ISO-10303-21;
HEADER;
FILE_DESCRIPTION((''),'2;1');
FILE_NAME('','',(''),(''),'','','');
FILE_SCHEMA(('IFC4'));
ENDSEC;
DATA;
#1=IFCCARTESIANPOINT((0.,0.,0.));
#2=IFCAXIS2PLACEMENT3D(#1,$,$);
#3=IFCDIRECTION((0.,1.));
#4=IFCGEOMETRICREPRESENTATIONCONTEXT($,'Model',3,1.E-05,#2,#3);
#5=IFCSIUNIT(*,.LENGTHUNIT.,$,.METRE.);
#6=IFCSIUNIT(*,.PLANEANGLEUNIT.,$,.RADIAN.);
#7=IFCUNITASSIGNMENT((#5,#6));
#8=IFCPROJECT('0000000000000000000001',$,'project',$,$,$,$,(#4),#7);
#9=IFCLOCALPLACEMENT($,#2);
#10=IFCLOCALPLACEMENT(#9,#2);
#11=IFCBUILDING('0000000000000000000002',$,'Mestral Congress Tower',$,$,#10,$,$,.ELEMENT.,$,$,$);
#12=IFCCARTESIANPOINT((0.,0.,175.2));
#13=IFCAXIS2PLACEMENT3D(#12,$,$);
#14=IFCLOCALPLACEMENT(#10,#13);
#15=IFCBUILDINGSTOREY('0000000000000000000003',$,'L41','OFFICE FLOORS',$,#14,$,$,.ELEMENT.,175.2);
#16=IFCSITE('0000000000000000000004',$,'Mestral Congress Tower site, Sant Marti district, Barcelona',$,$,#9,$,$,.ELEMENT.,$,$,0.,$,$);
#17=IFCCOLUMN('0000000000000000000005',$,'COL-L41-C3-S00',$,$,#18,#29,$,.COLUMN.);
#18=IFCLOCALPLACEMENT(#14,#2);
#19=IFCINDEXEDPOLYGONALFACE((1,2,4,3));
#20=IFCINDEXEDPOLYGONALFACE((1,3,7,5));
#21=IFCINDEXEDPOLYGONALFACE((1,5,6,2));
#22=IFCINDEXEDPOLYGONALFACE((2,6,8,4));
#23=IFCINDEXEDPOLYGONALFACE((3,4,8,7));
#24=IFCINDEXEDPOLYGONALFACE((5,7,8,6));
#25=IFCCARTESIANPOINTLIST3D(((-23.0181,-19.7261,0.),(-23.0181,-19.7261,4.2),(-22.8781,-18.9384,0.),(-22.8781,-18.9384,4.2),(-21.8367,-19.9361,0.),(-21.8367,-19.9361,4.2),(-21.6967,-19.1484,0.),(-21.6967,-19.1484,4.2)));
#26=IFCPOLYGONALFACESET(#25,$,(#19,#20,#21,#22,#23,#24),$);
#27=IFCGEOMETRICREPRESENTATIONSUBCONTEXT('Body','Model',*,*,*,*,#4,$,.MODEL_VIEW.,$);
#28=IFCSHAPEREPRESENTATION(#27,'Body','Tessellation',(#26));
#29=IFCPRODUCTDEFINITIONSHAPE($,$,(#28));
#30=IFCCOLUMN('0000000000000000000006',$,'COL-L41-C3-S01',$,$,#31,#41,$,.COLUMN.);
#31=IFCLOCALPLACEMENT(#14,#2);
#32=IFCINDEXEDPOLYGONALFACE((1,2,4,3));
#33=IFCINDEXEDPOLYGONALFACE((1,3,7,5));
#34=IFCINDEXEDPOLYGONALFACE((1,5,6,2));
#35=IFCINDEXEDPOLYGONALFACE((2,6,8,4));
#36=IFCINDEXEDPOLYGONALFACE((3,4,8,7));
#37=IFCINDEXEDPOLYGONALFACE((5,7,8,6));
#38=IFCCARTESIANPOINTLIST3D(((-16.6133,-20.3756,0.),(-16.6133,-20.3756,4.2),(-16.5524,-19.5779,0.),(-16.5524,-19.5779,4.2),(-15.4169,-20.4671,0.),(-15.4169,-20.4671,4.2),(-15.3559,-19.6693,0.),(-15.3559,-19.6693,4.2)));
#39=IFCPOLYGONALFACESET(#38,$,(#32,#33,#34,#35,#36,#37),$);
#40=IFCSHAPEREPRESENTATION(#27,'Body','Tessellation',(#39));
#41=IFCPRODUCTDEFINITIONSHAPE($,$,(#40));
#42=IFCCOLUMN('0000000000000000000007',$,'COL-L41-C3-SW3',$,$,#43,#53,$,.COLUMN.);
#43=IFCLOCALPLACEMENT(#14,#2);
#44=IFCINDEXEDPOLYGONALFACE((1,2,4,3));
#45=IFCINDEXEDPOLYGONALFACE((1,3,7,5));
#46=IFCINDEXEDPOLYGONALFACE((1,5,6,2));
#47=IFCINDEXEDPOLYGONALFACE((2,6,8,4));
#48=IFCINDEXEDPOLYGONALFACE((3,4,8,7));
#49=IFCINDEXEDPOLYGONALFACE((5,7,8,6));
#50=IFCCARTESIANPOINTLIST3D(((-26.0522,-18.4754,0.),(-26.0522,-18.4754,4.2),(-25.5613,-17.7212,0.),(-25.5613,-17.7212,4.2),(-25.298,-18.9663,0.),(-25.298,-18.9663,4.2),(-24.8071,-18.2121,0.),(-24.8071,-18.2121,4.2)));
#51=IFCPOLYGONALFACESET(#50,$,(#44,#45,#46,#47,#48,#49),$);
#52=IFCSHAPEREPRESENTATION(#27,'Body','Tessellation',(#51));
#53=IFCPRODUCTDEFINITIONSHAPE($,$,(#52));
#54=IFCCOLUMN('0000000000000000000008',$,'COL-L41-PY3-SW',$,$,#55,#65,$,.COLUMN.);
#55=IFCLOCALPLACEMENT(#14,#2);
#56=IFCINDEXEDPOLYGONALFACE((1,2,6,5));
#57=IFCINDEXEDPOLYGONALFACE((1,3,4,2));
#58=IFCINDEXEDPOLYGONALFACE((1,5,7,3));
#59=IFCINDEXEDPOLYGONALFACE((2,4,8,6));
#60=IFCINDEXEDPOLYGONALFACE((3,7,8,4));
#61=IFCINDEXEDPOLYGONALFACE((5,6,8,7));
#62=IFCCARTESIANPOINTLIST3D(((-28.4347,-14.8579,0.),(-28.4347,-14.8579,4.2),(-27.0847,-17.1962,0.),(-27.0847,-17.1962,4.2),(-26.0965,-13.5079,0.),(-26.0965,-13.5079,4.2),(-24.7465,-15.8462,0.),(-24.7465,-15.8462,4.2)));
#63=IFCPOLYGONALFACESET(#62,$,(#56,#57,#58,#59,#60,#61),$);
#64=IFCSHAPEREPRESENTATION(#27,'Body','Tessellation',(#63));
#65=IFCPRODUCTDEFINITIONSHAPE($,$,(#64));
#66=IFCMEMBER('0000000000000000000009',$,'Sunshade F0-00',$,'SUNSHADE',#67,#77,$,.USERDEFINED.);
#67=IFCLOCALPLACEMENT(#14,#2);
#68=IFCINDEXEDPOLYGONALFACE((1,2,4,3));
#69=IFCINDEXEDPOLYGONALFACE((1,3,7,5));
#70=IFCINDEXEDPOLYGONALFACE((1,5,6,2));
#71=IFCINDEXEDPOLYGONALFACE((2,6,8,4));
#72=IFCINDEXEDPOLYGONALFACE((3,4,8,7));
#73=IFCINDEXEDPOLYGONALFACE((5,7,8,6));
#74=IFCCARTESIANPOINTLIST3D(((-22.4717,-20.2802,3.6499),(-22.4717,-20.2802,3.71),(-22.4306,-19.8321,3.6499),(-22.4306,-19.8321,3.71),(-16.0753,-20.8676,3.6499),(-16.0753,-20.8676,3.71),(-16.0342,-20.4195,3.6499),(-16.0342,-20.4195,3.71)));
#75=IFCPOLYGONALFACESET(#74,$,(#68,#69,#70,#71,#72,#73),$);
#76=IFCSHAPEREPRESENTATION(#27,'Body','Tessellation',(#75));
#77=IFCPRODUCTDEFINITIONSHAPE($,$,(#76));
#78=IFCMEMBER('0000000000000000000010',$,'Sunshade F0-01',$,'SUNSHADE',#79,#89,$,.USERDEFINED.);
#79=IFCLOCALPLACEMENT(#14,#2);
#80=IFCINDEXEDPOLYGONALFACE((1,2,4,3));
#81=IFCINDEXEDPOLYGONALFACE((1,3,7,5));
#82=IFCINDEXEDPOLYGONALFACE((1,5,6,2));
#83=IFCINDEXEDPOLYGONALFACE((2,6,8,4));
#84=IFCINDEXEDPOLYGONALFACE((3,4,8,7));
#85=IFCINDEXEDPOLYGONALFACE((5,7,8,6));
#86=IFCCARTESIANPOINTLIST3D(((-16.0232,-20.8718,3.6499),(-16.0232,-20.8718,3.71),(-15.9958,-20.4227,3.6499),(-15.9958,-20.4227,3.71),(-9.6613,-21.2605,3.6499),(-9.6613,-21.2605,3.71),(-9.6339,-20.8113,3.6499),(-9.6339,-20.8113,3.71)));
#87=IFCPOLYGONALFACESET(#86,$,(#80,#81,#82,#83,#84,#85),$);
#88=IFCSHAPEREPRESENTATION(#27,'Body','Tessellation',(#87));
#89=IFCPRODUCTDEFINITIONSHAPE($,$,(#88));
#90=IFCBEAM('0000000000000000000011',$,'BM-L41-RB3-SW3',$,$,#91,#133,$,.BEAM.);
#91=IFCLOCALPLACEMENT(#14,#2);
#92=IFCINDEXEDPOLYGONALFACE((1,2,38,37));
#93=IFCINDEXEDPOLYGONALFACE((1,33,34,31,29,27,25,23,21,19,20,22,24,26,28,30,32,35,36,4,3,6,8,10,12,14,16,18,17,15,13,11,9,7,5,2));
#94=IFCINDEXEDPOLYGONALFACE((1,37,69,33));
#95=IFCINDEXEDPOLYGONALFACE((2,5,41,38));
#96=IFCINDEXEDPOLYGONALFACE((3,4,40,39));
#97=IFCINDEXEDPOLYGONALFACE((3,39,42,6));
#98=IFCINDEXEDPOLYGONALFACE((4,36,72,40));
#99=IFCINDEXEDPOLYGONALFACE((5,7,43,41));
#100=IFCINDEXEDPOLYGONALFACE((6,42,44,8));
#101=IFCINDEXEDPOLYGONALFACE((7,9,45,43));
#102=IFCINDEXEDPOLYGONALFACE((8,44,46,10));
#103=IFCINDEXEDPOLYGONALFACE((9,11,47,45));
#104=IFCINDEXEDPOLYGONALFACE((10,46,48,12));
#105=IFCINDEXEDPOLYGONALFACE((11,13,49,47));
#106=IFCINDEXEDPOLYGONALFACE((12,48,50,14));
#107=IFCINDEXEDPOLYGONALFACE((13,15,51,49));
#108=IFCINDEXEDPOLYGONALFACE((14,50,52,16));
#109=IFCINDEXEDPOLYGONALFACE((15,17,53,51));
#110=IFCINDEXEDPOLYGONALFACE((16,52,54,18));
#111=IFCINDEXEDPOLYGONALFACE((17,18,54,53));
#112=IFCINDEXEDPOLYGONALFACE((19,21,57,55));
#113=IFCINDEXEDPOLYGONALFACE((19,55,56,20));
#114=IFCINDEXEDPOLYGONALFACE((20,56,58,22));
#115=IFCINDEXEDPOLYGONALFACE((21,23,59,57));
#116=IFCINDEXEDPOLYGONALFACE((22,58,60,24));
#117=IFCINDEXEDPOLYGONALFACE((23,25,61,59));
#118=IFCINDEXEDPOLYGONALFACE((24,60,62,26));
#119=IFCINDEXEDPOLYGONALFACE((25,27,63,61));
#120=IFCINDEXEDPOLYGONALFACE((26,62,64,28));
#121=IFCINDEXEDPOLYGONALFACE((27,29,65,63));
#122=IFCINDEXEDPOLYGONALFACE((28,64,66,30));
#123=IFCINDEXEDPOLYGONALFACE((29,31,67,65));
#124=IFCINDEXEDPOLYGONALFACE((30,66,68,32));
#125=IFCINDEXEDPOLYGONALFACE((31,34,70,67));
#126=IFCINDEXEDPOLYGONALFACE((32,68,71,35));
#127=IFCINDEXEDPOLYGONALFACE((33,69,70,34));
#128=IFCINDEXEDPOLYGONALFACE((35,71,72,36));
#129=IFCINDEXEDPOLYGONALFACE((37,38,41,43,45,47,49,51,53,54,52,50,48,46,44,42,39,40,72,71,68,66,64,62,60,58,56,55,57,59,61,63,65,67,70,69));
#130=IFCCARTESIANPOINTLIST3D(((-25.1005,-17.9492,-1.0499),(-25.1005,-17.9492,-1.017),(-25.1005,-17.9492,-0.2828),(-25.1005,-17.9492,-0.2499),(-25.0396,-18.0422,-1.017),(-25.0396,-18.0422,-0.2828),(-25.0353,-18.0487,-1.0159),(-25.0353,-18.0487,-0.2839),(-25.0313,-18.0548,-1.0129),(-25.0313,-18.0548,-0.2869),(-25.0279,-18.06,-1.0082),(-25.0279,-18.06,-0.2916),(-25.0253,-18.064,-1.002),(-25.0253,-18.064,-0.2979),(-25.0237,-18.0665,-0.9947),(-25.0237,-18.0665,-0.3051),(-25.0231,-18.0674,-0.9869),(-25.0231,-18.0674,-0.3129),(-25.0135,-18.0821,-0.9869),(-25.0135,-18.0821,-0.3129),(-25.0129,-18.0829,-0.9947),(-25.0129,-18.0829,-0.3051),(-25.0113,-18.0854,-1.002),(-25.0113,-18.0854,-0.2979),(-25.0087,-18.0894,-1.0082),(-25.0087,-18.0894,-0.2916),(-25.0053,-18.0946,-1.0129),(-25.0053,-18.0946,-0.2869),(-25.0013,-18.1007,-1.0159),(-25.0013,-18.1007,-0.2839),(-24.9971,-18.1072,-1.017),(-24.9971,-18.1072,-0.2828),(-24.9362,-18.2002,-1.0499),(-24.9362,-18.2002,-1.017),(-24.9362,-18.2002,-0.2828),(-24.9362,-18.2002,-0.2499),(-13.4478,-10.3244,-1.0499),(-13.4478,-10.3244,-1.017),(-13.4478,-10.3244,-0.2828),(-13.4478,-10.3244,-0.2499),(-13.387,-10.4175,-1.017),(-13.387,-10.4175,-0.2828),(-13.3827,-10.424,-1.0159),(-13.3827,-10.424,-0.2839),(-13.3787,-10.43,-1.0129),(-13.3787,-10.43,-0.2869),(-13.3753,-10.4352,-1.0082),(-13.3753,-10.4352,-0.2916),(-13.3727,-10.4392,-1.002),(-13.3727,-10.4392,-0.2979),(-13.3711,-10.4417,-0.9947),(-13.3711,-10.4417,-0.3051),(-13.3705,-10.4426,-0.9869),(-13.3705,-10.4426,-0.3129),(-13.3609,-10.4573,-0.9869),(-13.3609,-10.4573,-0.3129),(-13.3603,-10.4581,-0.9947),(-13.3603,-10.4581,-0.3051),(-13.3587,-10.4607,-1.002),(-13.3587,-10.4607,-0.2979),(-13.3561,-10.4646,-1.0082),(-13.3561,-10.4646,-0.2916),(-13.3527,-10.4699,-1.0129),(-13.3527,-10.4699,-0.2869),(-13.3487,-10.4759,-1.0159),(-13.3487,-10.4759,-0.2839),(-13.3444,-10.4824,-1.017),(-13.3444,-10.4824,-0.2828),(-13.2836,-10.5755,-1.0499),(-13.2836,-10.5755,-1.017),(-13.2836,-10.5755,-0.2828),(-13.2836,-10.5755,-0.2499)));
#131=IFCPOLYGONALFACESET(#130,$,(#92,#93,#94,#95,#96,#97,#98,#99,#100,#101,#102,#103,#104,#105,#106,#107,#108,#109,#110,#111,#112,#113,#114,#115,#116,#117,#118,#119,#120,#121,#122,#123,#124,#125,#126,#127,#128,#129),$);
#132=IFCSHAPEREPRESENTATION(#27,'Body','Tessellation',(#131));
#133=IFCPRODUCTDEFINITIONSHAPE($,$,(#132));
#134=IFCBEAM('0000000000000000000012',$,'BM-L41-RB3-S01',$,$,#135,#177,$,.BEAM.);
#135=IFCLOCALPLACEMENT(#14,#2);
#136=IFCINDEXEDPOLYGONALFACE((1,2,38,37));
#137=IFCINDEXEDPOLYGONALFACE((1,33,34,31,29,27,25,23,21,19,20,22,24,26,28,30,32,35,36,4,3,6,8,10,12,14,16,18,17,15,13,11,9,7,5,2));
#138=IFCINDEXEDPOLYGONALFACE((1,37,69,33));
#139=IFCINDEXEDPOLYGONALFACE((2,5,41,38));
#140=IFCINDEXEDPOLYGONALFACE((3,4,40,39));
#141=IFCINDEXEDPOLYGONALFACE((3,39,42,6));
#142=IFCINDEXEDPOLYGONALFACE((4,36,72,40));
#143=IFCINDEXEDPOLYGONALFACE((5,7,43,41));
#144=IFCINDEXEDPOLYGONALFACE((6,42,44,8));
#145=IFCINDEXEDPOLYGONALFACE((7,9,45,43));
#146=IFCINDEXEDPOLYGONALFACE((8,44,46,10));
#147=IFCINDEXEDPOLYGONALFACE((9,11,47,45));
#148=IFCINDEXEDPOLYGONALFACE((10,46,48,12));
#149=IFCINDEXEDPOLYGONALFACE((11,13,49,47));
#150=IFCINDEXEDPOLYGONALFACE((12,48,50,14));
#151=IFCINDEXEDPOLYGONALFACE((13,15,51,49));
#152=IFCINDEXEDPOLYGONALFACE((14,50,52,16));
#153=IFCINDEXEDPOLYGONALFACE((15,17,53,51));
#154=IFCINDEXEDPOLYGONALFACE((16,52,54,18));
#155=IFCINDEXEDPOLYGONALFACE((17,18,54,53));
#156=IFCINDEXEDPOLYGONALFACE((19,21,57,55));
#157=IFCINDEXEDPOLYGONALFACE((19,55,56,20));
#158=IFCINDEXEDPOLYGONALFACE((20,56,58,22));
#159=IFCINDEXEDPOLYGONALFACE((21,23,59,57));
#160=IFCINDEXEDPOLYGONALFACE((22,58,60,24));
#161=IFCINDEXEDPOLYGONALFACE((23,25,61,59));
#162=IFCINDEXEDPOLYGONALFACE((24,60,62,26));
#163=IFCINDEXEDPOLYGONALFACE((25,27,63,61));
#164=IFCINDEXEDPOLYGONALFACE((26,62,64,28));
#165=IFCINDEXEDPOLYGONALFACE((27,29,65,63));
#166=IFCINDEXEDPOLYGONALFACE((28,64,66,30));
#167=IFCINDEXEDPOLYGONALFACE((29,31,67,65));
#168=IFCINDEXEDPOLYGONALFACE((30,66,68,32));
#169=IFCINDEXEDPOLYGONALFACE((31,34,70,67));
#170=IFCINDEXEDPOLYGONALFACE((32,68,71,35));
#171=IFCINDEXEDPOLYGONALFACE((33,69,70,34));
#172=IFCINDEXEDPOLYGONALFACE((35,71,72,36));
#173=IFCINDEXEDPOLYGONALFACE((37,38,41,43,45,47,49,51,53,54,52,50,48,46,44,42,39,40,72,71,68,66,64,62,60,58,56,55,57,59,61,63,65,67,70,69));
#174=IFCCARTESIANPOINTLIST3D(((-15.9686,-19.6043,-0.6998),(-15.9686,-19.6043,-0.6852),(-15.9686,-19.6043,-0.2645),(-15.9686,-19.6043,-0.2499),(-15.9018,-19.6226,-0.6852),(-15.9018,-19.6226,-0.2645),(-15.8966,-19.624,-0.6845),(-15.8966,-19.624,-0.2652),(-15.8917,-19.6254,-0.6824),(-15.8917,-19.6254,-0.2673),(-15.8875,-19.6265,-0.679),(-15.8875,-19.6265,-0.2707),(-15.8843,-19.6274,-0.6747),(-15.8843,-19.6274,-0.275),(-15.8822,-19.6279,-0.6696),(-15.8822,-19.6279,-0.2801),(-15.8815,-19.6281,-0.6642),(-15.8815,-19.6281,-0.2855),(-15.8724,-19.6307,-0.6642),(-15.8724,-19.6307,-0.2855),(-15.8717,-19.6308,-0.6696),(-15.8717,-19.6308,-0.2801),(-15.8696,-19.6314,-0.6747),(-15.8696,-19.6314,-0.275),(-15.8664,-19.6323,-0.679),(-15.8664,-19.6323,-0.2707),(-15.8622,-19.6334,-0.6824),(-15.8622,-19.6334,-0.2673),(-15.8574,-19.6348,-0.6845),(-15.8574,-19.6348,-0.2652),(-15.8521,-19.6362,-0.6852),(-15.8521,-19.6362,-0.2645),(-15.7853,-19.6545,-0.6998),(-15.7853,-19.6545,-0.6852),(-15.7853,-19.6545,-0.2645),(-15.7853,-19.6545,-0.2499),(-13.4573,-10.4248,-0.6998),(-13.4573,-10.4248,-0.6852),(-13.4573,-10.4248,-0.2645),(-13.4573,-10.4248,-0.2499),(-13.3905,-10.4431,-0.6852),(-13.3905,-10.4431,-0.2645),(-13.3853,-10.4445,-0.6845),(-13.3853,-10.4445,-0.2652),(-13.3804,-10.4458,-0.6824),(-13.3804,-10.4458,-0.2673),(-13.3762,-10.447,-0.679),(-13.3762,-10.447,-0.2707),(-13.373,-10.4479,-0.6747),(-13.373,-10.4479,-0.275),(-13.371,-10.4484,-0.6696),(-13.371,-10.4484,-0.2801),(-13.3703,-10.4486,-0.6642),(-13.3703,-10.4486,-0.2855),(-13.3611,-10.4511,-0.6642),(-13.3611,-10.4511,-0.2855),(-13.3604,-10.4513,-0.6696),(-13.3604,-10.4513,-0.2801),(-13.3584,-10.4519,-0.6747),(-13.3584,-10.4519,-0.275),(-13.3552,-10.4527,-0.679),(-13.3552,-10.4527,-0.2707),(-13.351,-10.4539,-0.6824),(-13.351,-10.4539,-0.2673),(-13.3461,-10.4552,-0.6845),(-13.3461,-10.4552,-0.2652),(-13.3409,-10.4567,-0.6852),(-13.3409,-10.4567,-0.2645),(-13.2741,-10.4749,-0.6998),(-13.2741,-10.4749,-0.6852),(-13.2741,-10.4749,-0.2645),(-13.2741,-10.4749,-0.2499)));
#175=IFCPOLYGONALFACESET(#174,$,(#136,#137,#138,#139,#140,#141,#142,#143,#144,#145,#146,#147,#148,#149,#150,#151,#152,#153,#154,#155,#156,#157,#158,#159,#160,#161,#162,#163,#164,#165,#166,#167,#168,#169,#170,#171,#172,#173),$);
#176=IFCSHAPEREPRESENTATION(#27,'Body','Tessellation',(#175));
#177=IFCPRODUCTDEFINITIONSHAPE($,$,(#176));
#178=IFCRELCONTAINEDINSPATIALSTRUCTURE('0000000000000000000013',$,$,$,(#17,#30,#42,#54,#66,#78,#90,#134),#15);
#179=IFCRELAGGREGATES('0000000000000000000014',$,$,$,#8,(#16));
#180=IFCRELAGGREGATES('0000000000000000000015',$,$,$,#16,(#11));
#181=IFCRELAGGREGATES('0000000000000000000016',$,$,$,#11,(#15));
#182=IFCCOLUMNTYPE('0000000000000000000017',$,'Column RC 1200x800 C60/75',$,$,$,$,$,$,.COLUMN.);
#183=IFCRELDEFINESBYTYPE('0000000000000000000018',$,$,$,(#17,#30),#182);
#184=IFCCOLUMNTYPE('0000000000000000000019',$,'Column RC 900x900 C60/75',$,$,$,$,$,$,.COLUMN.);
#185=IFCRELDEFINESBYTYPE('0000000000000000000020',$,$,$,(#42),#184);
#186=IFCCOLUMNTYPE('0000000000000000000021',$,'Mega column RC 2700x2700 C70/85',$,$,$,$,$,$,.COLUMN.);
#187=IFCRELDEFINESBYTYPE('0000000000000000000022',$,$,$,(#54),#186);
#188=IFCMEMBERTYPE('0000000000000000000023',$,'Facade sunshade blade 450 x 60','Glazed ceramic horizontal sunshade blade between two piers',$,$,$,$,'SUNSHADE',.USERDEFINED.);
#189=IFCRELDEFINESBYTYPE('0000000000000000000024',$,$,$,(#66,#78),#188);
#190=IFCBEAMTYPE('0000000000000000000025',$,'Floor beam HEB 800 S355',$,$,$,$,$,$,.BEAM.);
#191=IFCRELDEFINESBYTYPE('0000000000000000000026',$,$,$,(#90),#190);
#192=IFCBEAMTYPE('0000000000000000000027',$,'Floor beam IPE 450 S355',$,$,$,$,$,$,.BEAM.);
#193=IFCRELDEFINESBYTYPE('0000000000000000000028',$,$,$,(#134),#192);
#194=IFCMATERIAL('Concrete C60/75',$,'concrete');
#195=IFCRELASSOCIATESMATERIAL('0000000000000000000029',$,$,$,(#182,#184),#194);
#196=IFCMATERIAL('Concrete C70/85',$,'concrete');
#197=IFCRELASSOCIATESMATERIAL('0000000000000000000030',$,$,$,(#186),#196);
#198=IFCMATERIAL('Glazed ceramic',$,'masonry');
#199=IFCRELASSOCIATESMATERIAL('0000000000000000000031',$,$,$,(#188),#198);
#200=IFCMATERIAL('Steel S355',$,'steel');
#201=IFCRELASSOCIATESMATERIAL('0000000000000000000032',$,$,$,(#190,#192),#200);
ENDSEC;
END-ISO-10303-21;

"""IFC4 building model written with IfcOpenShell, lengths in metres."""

from ifc_helpers import new_model, si_unit, direction, frame, origin, origin_2d, place, context, subcontext, project, spatial, rectangle, i_section, extrude, material, material_profile, profile_set, type_object, element, save


model = new_model("IFC4")

# Units and contexts
model_context = context("Model", 3, precision=1e-05, world=origin(), true_north=direction((0.0, 1.0)))
body_context = subcontext(model_context, "Body", "Model", "MODEL_VIEW")
ifc_project = project(units=[si_unit("LENGTHUNIT", "METRE"), si_unit("PLANEANGLEUNIT", "RADIAN")], contexts=[model_context])

# Site, building, storey
site_placement = place(None, origin())
site = spatial("IfcSite", under=ifc_project, at=site_placement, Name="Mestral Congress Tower site, Sant Marti district, Barcelona", CompositionType="ELEMENT", RefElevation=0.0)
building_placement = place(site_placement, origin())
building = spatial("IfcBuilding", under=site, at=building_placement, Name="Mestral Congress Tower", CompositionType="ELEMENT")
storey_placement = place(building_placement, frame((0.0, 0.0, 175.2)))
storey = spatial("IfcBuildingStorey", under=building, at=storey_placement, Name="L41", Description="OFFICE FLOORS", CompositionType="ELEMENT", Elevation=175.2)

# Columns
ifc_material_1 = material(Name="Concrete C60/75", Category="concrete")
ifc_material_profile_1 = material_profile(ifc_material_1, rectangle(XDim=1.2, YDim=0.8, at=origin_2d()), Name="RC 1200x800")
ifc_profile_set_1 = profile_set([ifc_material_profile_1], Name="Concrete C60/75")
column_type_1 = type_object("IfcColumnType", Name="Column RC 1200x800 C60/75", PredefinedType="COLUMN", material=ifc_profile_set_1)
for number, where, z_axis, x_axis, name in (
    (1, (-22.3574, -19.4373, 0.0), (0.0, 0.0, 1.0), (0.984571, -0.174985, 0.0), "COL-L41-C3-S00"),
    (2, (-15.9846, -20.0225, 0.0), (0.0, 0.0, 1.0), (0.99709, -0.076237, 0.0), "COL-L41-C3-S01"),
):
    element("IfcColumn", number, at=place(storey_placement, frame(where, z_axis=z_axis, x_axis=x_axis)), inside=storey, type_object=column_type_1, Name=name, PredefinedType="COLUMN", context=body_context, shape_type="SweptSolid", body=[
        extrude(rectangle(XDim=1.2, YDim=0.8, at=origin_2d()), origin(), (0.0, 0.0, 1.0), 4.2),
    ])
ifc_material_profile_2 = material_profile(ifc_material_1, rectangle(XDim=0.8999, YDim=0.8999, at=origin_2d()), Name="RC 900x900")
ifc_profile_set_2 = profile_set([ifc_material_profile_2], Name="Concrete C60/75")
column_type_2 = type_object("IfcColumnType", Name="Column RC 900x900 C60/75", PredefinedType="COLUMN", material=ifc_profile_set_2)
column_1_placement = place(storey_placement, frame((-25.4297, -18.3438, 0.0), z_axis=(0.0, 0.0, 1.0), x_axis=(0.838094, -0.545526, 0.0)))
element("IfcColumn", 3, at=column_1_placement, inside=storey, type_object=column_type_2, Name="COL-L41-C3-SW3", PredefinedType="COLUMN", context=body_context, shape_type="SweptSolid", body=[
    extrude(rectangle(XDim=0.8999, YDim=0.8999, at=origin_2d()), origin(), (0.0, 0.0, 1.0), 4.2),
])
ifc_material_2 = material(Name="Concrete C70/85", Category="concrete")
ifc_material_profile_3 = material_profile(ifc_material_2, rectangle(XDim=2.7, YDim=2.7, at=origin_2d()), Name="RC 2700x2700")
ifc_profile_set_3 = profile_set([ifc_material_profile_3], Name="Concrete C70/85")
column_type_3 = type_object("IfcColumnType", Name="Mega column RC 2700x2700 C70/85", PredefinedType="COLUMN", material=ifc_profile_set_3)
column_2_placement = place(storey_placement, frame((-26.5906, -15.3521, 0.0), z_axis=(0.0, 0.0, 1.0), x_axis=(-0.866025, -0.5, 0.0)))
element("IfcColumn", 4, at=column_2_placement, inside=storey, type_object=column_type_3, Name="COL-L41-PY3-SW", PredefinedType="COLUMN", context=body_context, shape_type="SweptSolid", body=[
    extrude(rectangle(XDim=2.7, YDim=2.7, at=origin_2d()), origin(), (0.0, 0.0, 1.0), 4.2),
])

# Members
ifc_material_3 = material(Name="Glazed ceramic", Category="masonry")
ifc_material_profile_4 = material_profile(ifc_material_3, rectangle(XDim=0.45, YDim=0.0601, at=origin_2d()), Name="Ceramic blade 450 x 60")
ifc_profile_set_4 = profile_set([ifc_material_profile_4], Name="Glazed ceramic")
member_type = type_object("IfcMemberType", Name="Facade sunshade blade 450 x 60", Description="Glazed ceramic horizontal sunshade blade between two piers", ElementType="SUNSHADE", PredefinedType="USERDEFINED", material=ifc_profile_set_4)
member_1_placement = place(storey_placement, frame((-22.4512, -20.0562, 3.6799), z_axis=(0.99581, -0.091447, 0.0), x_axis=(0.091447, 0.99581, 0.0)))
element("IfcMember", 5, at=member_1_placement, inside=storey, type_object=member_type, Name="Sunshade F0-00", ObjectType="SUNSHADE", PredefinedType="USERDEFINED", context=body_context, shape_type="SweptSolid", body=[
    extrude(rectangle(XDim=0.45, YDim=0.0601, at=origin_2d()), origin(), (0.0, 0.0, 1.0), 6.4233),
])
member_2_placement = place(storey_placement, frame((-16.0095, -20.6472, 3.6799), z_axis=(0.998139, -0.060981, 0.0), x_axis=(0.060981, 0.998139, 0.0)))
element("IfcMember", 6, at=member_2_placement, inside=storey, type_object=member_type, Name="Sunshade F0-01", ObjectType="SUNSHADE", PredefinedType="USERDEFINED", context=body_context, shape_type="SweptSolid", body=[
    extrude(rectangle(XDim=0.45, YDim=0.0601, at=origin_2d()), origin(), (0.0, 0.0, 1.0), 6.3738),
])

# Beams
ifc_material_4 = material(Name="Steel S355", Category="steel")
ifc_material_profile_5 = material_profile(ifc_material_4, i_section(OverallWidth=0.3, OverallDepth=0.8, WebThickness=0.0176, FlangeThickness=0.033, FilletRadius=0.03, at=origin_2d()), Name="HEB 800")
ifc_profile_set_5 = profile_set([ifc_material_profile_5], Name="Steel S355")
beam_type_1 = type_object("IfcBeamType", Name="Floor beam HEB 800 S355", PredefinedType="BEAM", material=ifc_profile_set_5)
beam_1_placement = place(storey_placement, frame((-25.0183, -18.0747, -0.6499), z_axis=(0.83678, 0.547539, 0.0), x_axis=(-0.547539, 0.83678, 0.0)))
element("IfcBeam", 7, at=beam_1_placement, inside=storey, type_object=beam_type_1, Name="BM-L41-RB3-SW3", PredefinedType="BEAM", context=body_context, shape_type="SweptSolid", body=[
    extrude(i_section(OverallWidth=0.3, OverallDepth=0.8, WebThickness=0.0176, FlangeThickness=0.033, FilletRadius=0.03, at=origin_2d()), origin(), (0.0, 0.0, 1.0), 13.9255),
])
ifc_material_profile_6 = material_profile(ifc_material_4, i_section(OverallWidth=0.1899, OverallDepth=0.45, WebThickness=0.0095, FlangeThickness=0.0146, FilletRadius=0.021, at=origin_2d()), Name="IPE 450")
ifc_profile_set_6 = profile_set([ifc_material_profile_6], Name="Steel S355")
beam_type_2 = type_object("IfcBeamType", Name="Floor beam IPE 450 S355", PredefinedType="BEAM", material=ifc_profile_set_6)
beam_2_placement = place(storey_placement, frame((-15.877, -19.6294, -0.4749), z_axis=(0.263875, 0.964557, 0.0), x_axis=(-0.964557, 0.263875, 0.0)))
element("IfcBeam", 8, at=beam_2_placement, inside=storey, type_object=beam_type_2, Name="BM-L41-RB3-S01", PredefinedType="BEAM", context=body_context, shape_type="SweptSolid", body=[
    extrude(i_section(OverallWidth=0.1899, OverallDepth=0.45, WebThickness=0.0095, FlangeThickness=0.0146, FilletRadius=0.021, at=origin_2d()), origin(), (0.0, 0.0, 1.0), 9.5168),
])

save(model, "model.ifc")
